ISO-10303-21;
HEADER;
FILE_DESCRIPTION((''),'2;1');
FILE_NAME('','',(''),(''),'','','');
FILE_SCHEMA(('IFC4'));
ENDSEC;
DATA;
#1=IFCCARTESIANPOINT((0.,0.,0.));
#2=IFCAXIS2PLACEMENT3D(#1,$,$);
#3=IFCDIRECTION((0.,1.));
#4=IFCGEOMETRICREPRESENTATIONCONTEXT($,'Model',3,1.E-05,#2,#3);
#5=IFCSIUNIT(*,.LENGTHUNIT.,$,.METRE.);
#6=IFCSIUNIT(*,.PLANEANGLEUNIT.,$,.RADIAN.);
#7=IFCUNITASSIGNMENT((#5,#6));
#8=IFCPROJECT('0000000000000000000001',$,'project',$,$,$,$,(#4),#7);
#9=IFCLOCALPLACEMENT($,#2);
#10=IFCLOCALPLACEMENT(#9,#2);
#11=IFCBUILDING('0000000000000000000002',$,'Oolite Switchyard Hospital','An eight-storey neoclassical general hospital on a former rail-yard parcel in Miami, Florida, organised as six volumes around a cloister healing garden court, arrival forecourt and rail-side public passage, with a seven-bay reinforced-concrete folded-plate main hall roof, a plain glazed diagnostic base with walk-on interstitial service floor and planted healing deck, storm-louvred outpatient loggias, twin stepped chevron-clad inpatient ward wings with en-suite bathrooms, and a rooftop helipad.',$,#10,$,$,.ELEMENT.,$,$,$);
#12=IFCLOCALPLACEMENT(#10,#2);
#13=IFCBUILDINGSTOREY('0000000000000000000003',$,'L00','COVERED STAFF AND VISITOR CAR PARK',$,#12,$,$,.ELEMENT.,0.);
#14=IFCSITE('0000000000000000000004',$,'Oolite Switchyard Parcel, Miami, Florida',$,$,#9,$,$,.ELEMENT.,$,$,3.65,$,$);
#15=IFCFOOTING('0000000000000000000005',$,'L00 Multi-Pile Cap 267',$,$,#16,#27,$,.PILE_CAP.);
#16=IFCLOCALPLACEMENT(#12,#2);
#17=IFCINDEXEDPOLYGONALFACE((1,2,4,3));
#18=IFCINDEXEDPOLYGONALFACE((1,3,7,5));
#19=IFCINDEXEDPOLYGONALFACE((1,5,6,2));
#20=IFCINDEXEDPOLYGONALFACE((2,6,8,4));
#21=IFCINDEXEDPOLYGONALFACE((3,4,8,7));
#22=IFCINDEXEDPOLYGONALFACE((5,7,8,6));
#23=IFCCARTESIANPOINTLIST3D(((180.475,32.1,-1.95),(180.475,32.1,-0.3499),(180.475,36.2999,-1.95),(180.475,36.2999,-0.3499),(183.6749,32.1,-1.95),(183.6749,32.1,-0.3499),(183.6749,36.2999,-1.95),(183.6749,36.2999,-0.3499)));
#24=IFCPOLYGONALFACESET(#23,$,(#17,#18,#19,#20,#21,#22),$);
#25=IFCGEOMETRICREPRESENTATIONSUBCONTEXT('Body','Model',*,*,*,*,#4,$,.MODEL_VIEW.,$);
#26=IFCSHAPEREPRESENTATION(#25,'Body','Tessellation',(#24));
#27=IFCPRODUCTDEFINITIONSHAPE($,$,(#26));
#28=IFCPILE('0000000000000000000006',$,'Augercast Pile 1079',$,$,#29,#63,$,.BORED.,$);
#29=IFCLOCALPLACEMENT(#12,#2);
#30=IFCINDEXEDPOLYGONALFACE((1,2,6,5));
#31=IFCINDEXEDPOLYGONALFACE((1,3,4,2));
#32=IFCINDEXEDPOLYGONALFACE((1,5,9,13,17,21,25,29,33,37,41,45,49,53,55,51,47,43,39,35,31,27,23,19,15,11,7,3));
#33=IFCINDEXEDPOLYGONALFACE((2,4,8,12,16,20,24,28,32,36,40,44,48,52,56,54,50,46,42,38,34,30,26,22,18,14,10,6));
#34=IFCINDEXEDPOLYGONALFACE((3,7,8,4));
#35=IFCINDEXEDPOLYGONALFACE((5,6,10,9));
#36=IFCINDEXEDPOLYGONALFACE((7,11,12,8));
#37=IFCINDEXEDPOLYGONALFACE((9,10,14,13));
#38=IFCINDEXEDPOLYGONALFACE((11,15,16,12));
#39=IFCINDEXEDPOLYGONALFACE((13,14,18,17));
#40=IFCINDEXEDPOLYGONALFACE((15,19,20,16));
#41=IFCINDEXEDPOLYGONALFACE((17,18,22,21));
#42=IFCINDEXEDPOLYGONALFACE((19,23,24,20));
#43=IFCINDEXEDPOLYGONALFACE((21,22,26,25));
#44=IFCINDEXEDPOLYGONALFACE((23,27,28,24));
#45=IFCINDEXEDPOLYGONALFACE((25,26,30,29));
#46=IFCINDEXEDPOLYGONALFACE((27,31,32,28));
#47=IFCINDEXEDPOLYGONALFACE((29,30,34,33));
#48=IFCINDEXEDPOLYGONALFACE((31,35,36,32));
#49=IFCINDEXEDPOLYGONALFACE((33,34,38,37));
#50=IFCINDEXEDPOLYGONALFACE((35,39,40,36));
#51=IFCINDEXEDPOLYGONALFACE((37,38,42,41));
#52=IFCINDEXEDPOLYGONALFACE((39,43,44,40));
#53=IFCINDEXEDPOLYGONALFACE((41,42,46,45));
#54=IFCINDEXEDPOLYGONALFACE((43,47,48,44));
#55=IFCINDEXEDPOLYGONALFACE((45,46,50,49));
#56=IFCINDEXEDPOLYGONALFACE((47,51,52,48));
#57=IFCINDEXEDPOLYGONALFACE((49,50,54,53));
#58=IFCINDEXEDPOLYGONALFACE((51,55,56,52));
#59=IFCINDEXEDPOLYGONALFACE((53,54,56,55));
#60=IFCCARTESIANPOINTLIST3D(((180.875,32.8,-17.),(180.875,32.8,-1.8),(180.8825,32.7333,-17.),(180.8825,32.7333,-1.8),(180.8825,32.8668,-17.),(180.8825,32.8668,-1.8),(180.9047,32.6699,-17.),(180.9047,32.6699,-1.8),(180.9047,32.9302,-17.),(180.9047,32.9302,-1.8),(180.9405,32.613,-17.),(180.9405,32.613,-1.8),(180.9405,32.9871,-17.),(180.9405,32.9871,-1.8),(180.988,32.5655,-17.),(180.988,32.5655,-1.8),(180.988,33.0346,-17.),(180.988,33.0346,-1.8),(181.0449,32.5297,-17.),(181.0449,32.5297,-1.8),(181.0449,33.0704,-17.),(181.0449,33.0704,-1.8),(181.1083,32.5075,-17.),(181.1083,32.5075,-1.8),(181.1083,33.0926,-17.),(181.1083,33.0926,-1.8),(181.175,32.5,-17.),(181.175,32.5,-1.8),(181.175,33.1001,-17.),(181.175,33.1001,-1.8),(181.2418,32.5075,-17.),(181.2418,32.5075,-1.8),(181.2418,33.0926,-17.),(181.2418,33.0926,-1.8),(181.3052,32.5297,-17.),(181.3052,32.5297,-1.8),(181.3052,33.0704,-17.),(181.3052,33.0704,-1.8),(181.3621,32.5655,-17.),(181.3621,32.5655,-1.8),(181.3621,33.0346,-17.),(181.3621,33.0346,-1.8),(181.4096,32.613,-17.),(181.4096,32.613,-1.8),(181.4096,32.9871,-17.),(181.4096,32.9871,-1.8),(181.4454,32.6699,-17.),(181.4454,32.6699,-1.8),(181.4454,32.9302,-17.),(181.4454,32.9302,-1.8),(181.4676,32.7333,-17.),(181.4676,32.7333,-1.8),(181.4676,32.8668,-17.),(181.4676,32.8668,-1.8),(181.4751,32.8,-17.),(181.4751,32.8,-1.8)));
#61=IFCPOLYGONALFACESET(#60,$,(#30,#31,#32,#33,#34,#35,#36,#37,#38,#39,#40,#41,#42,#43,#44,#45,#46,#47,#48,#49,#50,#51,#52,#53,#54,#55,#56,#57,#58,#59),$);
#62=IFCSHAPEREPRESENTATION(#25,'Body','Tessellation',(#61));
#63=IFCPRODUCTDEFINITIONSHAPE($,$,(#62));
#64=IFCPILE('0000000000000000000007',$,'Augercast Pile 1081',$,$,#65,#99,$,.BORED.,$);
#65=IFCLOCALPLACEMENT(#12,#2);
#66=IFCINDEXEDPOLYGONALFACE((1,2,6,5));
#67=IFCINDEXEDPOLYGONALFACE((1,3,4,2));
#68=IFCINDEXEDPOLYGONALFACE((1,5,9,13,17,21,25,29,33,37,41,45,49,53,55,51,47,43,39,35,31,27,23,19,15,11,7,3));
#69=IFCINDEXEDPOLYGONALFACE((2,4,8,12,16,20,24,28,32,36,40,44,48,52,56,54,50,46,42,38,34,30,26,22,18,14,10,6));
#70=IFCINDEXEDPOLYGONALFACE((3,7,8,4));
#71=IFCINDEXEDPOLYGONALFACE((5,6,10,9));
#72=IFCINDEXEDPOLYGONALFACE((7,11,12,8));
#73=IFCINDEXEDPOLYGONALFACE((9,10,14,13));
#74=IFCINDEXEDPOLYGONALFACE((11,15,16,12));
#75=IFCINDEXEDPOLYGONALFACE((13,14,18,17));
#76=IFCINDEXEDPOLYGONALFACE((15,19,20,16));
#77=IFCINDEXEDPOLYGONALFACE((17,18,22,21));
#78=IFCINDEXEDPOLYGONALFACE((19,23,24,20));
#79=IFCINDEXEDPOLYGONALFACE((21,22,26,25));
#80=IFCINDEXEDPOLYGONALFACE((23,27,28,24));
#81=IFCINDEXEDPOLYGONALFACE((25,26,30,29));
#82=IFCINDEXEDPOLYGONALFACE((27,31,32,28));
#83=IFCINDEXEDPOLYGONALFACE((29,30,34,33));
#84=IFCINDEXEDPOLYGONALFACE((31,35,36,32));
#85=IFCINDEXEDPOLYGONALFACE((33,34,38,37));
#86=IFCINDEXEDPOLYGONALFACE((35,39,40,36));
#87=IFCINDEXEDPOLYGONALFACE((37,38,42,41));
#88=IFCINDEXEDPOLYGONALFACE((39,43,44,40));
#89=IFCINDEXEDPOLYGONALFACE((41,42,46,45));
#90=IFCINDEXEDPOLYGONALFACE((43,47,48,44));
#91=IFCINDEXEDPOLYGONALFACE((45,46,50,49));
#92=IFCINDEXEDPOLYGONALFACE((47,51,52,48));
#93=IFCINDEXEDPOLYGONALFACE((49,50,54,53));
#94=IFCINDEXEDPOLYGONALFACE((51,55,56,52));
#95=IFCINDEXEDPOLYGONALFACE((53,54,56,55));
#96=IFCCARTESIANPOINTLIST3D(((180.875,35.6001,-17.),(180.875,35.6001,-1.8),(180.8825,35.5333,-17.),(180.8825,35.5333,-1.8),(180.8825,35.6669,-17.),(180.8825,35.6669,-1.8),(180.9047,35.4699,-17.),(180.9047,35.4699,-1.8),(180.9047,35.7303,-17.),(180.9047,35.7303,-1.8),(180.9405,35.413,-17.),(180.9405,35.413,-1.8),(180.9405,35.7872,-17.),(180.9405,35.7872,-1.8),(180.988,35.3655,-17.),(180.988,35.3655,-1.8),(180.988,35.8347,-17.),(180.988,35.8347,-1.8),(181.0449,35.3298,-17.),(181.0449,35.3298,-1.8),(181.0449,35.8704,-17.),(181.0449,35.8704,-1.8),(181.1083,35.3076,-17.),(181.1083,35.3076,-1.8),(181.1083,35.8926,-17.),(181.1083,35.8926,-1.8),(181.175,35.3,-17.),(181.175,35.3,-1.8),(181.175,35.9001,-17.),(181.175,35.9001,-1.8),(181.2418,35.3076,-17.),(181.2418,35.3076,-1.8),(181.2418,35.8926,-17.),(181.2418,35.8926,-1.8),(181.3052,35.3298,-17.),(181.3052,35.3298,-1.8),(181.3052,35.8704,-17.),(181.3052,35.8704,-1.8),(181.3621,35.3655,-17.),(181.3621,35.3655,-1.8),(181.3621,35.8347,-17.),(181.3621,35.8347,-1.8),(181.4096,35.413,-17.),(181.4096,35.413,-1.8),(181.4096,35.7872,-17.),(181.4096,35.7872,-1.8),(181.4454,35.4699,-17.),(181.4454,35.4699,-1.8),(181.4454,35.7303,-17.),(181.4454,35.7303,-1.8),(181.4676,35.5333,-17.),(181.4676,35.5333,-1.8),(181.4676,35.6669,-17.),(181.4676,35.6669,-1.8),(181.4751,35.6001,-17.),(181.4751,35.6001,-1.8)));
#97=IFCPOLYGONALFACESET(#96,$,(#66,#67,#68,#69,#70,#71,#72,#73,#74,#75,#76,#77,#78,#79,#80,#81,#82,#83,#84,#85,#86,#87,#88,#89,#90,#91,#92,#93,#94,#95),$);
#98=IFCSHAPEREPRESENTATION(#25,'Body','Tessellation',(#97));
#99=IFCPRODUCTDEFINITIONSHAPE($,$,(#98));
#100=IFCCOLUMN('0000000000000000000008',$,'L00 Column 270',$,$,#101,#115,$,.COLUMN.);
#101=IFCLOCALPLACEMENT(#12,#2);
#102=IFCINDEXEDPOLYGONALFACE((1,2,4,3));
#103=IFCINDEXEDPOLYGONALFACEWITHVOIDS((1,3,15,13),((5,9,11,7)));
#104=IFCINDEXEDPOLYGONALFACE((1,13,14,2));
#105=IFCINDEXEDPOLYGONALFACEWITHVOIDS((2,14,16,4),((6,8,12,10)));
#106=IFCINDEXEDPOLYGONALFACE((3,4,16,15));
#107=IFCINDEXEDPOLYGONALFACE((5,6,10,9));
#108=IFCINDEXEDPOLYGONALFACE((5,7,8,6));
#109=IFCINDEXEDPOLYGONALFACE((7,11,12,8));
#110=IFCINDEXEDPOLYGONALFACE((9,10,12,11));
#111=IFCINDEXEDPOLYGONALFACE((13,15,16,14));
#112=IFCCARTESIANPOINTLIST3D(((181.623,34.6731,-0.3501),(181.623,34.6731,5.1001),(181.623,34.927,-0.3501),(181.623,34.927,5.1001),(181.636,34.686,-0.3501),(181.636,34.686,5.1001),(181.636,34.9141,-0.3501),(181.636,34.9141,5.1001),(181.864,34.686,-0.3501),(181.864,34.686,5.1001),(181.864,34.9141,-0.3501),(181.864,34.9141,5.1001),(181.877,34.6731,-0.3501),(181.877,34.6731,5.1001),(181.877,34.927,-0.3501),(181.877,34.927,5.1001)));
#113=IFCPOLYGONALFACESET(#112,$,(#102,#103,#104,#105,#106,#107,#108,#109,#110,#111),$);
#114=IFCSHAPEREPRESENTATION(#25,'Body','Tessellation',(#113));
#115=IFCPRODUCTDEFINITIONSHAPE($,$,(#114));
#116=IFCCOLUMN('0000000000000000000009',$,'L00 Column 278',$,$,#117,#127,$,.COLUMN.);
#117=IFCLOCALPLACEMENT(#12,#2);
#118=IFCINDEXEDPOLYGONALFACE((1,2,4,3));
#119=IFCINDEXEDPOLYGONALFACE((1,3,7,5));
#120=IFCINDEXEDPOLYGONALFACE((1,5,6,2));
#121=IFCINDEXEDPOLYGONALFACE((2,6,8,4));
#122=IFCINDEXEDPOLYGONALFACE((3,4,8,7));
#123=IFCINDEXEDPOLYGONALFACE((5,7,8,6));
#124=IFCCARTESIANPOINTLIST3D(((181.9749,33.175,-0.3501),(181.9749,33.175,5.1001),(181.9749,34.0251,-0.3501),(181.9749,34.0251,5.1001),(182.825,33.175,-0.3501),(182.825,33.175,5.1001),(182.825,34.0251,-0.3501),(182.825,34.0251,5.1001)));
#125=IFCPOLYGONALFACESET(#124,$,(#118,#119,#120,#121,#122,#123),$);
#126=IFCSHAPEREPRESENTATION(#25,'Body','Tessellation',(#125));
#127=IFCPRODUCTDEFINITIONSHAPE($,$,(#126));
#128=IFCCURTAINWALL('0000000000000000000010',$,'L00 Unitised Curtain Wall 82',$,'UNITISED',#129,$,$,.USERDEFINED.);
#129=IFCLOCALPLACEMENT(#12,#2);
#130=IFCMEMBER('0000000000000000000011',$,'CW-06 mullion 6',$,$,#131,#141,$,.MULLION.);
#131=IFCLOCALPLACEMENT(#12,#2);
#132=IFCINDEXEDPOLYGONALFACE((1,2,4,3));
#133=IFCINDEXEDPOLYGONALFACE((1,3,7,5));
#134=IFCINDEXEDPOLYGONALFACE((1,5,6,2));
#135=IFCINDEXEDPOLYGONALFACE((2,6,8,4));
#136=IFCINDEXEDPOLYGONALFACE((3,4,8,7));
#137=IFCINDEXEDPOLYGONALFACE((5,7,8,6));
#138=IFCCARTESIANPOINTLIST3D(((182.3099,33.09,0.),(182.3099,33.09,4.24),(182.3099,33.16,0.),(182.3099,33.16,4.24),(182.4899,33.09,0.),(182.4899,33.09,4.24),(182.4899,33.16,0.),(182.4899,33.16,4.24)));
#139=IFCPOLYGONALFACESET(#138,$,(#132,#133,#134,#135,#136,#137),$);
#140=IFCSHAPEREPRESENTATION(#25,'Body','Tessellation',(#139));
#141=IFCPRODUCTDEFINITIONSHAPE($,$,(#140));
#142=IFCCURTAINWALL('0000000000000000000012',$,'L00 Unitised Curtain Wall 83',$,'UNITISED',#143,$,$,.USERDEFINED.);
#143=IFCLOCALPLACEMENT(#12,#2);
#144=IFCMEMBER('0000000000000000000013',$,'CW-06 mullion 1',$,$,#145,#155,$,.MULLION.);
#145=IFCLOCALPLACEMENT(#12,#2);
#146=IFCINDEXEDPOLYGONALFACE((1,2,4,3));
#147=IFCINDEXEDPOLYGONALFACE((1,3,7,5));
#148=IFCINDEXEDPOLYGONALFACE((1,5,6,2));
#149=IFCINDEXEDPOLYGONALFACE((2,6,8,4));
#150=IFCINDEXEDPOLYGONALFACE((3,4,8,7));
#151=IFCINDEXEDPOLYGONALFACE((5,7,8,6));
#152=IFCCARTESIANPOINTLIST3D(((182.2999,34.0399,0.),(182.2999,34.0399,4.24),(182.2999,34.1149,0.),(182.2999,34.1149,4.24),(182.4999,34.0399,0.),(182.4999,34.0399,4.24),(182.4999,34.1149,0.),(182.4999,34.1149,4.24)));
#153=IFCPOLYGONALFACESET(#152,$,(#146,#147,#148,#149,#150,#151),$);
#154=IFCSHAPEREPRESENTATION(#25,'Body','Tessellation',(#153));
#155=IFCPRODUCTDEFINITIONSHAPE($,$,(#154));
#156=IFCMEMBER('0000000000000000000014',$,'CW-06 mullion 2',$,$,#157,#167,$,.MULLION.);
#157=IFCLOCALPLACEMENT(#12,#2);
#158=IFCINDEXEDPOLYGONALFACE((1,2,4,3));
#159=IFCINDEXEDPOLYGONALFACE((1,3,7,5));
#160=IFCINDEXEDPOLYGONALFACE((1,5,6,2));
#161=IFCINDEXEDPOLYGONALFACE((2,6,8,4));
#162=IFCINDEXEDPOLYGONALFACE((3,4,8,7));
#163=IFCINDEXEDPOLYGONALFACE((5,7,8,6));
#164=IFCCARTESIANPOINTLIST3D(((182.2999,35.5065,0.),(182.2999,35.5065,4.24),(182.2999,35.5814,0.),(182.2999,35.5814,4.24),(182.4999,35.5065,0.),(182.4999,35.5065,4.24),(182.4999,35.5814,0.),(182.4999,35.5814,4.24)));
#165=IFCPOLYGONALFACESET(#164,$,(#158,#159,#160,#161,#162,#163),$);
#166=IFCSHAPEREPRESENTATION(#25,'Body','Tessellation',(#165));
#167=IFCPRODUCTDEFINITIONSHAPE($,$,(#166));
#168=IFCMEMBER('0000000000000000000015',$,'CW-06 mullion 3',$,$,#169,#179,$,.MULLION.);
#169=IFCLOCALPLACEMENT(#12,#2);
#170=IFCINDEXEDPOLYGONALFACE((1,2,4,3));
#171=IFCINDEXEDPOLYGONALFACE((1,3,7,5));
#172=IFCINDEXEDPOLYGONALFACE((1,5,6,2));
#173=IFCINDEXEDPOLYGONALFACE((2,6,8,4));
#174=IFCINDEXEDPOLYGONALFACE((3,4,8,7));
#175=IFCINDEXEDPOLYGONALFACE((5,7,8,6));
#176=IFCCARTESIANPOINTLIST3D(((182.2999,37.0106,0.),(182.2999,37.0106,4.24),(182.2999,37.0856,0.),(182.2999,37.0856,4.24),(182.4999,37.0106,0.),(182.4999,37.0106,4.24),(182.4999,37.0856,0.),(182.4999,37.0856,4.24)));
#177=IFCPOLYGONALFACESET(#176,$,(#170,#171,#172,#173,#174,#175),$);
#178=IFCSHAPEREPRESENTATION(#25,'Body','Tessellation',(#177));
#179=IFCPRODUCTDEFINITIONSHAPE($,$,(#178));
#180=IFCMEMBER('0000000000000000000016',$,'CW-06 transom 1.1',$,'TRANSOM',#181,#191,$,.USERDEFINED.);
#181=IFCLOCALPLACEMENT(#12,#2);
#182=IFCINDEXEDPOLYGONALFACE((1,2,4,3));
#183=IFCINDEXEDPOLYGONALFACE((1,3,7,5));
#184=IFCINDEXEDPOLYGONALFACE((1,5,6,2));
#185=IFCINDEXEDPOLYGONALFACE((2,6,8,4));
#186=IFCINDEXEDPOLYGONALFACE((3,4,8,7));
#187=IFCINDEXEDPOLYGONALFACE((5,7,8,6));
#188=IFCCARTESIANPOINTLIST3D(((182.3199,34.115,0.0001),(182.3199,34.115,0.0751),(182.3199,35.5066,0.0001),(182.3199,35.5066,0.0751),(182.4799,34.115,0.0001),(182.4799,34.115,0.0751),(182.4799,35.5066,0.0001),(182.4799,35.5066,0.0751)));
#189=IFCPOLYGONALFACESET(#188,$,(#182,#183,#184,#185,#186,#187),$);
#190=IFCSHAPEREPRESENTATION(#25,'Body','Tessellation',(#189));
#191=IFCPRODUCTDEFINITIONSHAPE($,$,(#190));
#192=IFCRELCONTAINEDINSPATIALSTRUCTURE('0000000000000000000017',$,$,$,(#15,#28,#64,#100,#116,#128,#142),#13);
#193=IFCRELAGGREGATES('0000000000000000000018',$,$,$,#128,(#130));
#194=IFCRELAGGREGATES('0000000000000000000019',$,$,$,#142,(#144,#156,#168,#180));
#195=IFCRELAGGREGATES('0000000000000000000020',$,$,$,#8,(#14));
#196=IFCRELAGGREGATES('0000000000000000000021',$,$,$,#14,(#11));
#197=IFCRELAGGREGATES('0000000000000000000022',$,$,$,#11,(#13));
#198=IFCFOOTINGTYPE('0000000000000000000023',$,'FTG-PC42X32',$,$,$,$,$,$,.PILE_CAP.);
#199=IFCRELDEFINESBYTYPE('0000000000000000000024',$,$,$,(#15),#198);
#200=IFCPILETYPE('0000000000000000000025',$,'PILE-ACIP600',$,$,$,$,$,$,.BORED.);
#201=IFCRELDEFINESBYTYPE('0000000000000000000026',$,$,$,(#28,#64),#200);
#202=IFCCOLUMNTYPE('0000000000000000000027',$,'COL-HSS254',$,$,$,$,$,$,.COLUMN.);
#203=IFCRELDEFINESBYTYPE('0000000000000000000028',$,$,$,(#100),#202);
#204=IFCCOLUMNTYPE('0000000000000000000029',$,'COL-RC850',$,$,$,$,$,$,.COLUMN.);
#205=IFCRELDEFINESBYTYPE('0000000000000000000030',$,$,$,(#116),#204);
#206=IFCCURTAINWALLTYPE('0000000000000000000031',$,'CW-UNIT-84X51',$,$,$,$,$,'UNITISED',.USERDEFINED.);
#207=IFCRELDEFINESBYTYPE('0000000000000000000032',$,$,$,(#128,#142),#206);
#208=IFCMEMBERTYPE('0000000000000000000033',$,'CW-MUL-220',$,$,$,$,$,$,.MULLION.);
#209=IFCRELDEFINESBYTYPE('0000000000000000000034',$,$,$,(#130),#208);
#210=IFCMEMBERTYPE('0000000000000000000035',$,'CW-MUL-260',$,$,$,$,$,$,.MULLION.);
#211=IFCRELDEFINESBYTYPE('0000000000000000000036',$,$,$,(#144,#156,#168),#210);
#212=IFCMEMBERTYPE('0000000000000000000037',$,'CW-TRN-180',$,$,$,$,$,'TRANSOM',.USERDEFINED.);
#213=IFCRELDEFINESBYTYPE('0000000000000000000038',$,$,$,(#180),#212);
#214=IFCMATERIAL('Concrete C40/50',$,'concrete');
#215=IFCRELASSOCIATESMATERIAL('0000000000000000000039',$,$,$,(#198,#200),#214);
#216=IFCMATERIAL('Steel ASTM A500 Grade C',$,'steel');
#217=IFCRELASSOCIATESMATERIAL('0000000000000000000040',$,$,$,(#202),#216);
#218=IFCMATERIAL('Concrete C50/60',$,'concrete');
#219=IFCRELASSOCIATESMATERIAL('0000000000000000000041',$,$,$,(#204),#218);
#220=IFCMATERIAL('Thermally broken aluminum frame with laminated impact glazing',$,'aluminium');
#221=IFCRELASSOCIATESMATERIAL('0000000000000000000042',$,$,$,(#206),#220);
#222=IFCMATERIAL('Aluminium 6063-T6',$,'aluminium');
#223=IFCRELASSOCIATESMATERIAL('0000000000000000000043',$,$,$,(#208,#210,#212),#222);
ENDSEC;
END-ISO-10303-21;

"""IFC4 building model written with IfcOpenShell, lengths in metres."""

from ifc_helpers import new_model, si_unit, direction, frame, origin, origin_2d, place, context, subcontext, project, spatial, rectangle, hollow_rectangle, circle, extrude, material, material_profile, profile_set, type_object, element, aggregate, save


model = new_model("IFC4")

# Units and contexts
model_context = context("Model", 3, precision=1e-05, world=origin(), true_north=direction((0.0, 1.0)))
body_context = subcontext(model_context, "Body", "Model", "MODEL_VIEW")
ifc_project = project(units=[si_unit("LENGTHUNIT", "METRE"), si_unit("PLANEANGLEUNIT", "RADIAN")], contexts=[model_context])

# Site, building, storey
site_placement = place(None, origin())
site = spatial("IfcSite", under=ifc_project, at=site_placement, Name="Oolite Switchyard Parcel, Miami, Florida", CompositionType="ELEMENT", RefElevation=3.65)
building_placement = place(site_placement, origin())
building = spatial("IfcBuilding", under=site, at=building_placement, Name="Oolite Switchyard Hospital", Description="An eight-storey neoclassical general hospital on a former rail-yard parcel in Miami, Florida, organised as six volumes around a cloister healing garden court, arrival forecourt and rail-side public passage, with a seven-bay reinforced-concrete folded-plate main hall roof, a plain glazed diagnostic base with walk-on interstitial service floor and planted healing deck, storm-louvred outpatient loggias, twin stepped chevron-clad inpatient ward wings with en-suite bathrooms, and a rooftop helipad.", CompositionType="ELEMENT")
storey_placement = place(building_placement, origin())
storey = spatial("IfcBuildingStorey", under=building, at=storey_placement, Name="L00", Description="COVERED STAFF AND VISITOR CAR PARK", CompositionType="ELEMENT", Elevation=0.0)

# Footing
ifc_material_1 = material(Name="Concrete C40/50", Category="concrete")
footing_type = type_object("IfcFootingType", Name="FTG-PC42X32", PredefinedType="PILE_CAP", material=ifc_material_1)
footing_placement = place(storey_placement, frame((182.075, 34.2, -1.95), z_axis=(0.0, 0.0, 1.0), x_axis=(0.0, 1.0, 0.0)))
element("IfcFooting", 1, at=footing_placement, inside=storey, type_object=footing_type, Name="L00 Multi-Pile Cap 267", PredefinedType="PILE_CAP", context=body_context, shape_type="SweptSolid", body=[
    extrude(rectangle(XDim=4.2, YDim=3.2, at=origin_2d()), origin(), (0.0, 0.0, 1.0), 1.6001),
])

# Piles
ifc_material_profile_1 = material_profile(ifc_material_1, circle(Radius=0.3, at=origin_2d()), Name="PILE600")
ifc_profile_set_1 = profile_set([ifc_material_profile_1], Name="Concrete C40/50")
pile_type = type_object("IfcPileType", Name="PILE-ACIP600", PredefinedType="BORED", material=ifc_profile_set_1)
for number, where, z_axis, x_axis, name in (
    (2, (181.175, 32.8, -1.8), (0.0, 0.0, -1.0), (1.0, 0.0, 0.0), "Augercast Pile 1079"),
    (3, (181.175, 35.6001, -1.8), (0.0, 0.0, -1.0), (1.0, 0.0, 0.0), "Augercast Pile 1081"),
):
    element("IfcPile", number, at=place(storey_placement, frame(where, z_axis=z_axis, x_axis=x_axis)), inside=storey, type_object=pile_type, Name=name, PredefinedType="BORED", context=body_context, shape_type="SweptSolid", body=[
        extrude(circle(Radius=0.3, at=origin_2d()), origin(), (0.0, 0.0, 1.0), 15.2),
    ])

# Columns
ifc_material_2 = material(Name="Steel ASTM A500 Grade C", Category="steel")
ifc_material_profile_2 = material_profile(ifc_material_2, hollow_rectangle(XDim=0.2539, YDim=0.2539, WallThickness=0.0129, at=origin_2d()), Name="HSS254X254X13")
ifc_profile_set_2 = profile_set([ifc_material_profile_2], Name="Steel ASTM A500 Grade C")
column_type_1 = type_object("IfcColumnType", Name="COL-HSS254", PredefinedType="COLUMN", material=ifc_profile_set_2)
column_1_placement = place(storey_placement, frame((181.75, 34.8, -0.3501), z_axis=(0.0, 0.0, 1.0), x_axis=(1.0, 0.0, 0.0)))
element("IfcColumn", 4, at=column_1_placement, inside=storey, type_object=column_type_1, Name="L00 Column 270", PredefinedType="COLUMN", context=body_context, shape_type="SweptSolid", body=[
    extrude(hollow_rectangle(XDim=0.2539, YDim=0.2539, WallThickness=0.0129, at=origin_2d()), origin(), (0.0, 0.0, 1.0), 5.4502),
])
ifc_material_3 = material(Name="Concrete C50/60", Category="concrete")
ifc_material_profile_3 = material_profile(ifc_material_3, rectangle(XDim=0.8501, YDim=0.8501, at=origin_2d()), Name="RC850X850")
ifc_profile_set_3 = profile_set([ifc_material_profile_3], Name="Concrete C50/60")
column_type_2 = type_object("IfcColumnType", Name="COL-RC850", PredefinedType="COLUMN", material=ifc_profile_set_3)
column_2_placement = place(storey_placement, frame((182.3999, 33.6001, -0.3501), z_axis=(0.0, 0.0, 1.0), x_axis=(1.0, 0.0, 0.0)))
element("IfcColumn", 5, at=column_2_placement, inside=storey, type_object=column_type_2, Name="L00 Column 278", PredefinedType="COLUMN", context=body_context, shape_type="SweptSolid", body=[
    extrude(rectangle(XDim=0.8501, YDim=0.8501, at=origin_2d()), origin(), (0.0, 0.0, 1.0), 5.4502),
])

# Curtain wall, member
ifc_material_4 = material(Name="Thermally broken aluminum frame with laminated impact glazing", Category="aluminium")
curtain_wall_type = type_object("IfcCurtainWallType", Name="CW-UNIT-84X51", ElementType="UNITISED", PredefinedType="USERDEFINED", material=ifc_material_4)
curtain_wall_1_placement = place(storey_placement, origin())
curtain_wall_1 = element("IfcCurtainWall", 6, at=curtain_wall_1_placement, inside=storey, type_object=curtain_wall_type, Name="L00 Unitised Curtain Wall 82", ObjectType="UNITISED", PredefinedType="USERDEFINED")
ifc_material_5 = material(Name="Aluminium 6063-T6", Category="aluminium")
ifc_material_profile_4 = material_profile(ifc_material_5, rectangle(XDim=0.1799, YDim=0.0701, at=origin_2d()), Name="CWM70X180")
ifc_profile_set_4 = profile_set([ifc_material_profile_4], Name="Aluminium 6063-T6")
member_type_1 = type_object("IfcMemberType", Name="CW-MUL-220", PredefinedType="MULLION", material=ifc_profile_set_4)
member_1_placement = place(storey_placement, frame((182.3999, 33.125, 0.0), z_axis=(0.0, 0.0, 1.0), x_axis=(-1.0, 0.0, 0.0)))
member_1 = element("IfcMember", 7, at=member_1_placement, type_object=member_type_1, Name="CW-06 mullion 6", PredefinedType="MULLION", context=body_context, shape_type="SweptSolid", body=[
    extrude(rectangle(XDim=0.1799, YDim=0.0701, at=origin_2d()), origin(), (0.0, 0.0, 1.0), 4.24),
])
aggregate(curtain_wall_1, [member_1])

# Curtain wall, members
curtain_wall_2_placement = place(storey_placement, origin())
curtain_wall_2 = element("IfcCurtainWall", 8, at=curtain_wall_2_placement, inside=storey, type_object=curtain_wall_type, Name="L00 Unitised Curtain Wall 83", ObjectType="UNITISED", PredefinedType="USERDEFINED")
ifc_material_profile_5 = material_profile(ifc_material_5, rectangle(XDim=0.2, YDim=0.075, at=origin_2d()), Name="CWM75X200")
ifc_profile_set_5 = profile_set([ifc_material_profile_5], Name="Aluminium 6063-T6")
member_type_2 = type_object("IfcMemberType", Name="CW-MUL-260", PredefinedType="MULLION", material=ifc_profile_set_5)
member_2_placement = place(storey_placement, frame((182.3999, 34.0774, 0.0), z_axis=(0.0, 0.0, 1.0), x_axis=(-1.0, 0.0, 0.0)))
member_2 = element("IfcMember", 9, at=member_2_placement, type_object=member_type_2, Name="CW-06 mullion 1", PredefinedType="MULLION", context=body_context, shape_type="SweptSolid", body=[
    extrude(rectangle(XDim=0.2, YDim=0.075, at=origin_2d()), origin(), (0.0, 0.0, 1.0), 4.24),
])
member_3_placement = place(storey_placement, frame((182.3999, 35.5439, 0.0), z_axis=(0.0, 0.0, 1.0), x_axis=(-1.0, 0.0, 0.0)))
member_3 = element("IfcMember", 10, at=member_3_placement, type_object=member_type_2, Name="CW-06 mullion 2", PredefinedType="MULLION", context=body_context, shape_type="SweptSolid", body=[
    extrude(rectangle(XDim=0.2, YDim=0.075, at=origin_2d()), origin(), (0.0, 0.0, 1.0), 4.24),
])
member_4_placement = place(storey_placement, frame((182.3999, 37.0481, 0.0), z_axis=(0.0, 0.0, 1.0), x_axis=(-1.0, 0.0, 0.0)))
member_4 = element("IfcMember", 11, at=member_4_placement, type_object=member_type_2, Name="CW-06 mullion 3", PredefinedType="MULLION", context=body_context, shape_type="SweptSolid", body=[
    extrude(rectangle(XDim=0.2, YDim=0.075, at=origin_2d()), origin(), (0.0, 0.0, 1.0), 4.24),
])
ifc_material_profile_6 = material_profile(ifc_material_5, rectangle(XDim=0.1599, YDim=0.075, at=origin_2d()), Name="CWT75X160")
ifc_profile_set_6 = profile_set([ifc_material_profile_6], Name="Aluminium 6063-T6")
member_type_3 = type_object("IfcMemberType", Name="CW-TRN-180", ElementType="TRANSOM", PredefinedType="USERDEFINED", material=ifc_profile_set_6)
member_5_placement = place(storey_placement, frame((182.3999, 34.115, 0.0376), z_axis=(0.0, 1.0, 0.0), x_axis=(-1.0, 0.0, 0.0)))
member_5 = element("IfcMember", 12, at=member_5_placement, type_object=member_type_3, Name="CW-06 transom 1.1", ObjectType="TRANSOM", PredefinedType="USERDEFINED", context=body_context, shape_type="SweptSolid", body=[
    extrude(rectangle(XDim=0.1599, YDim=0.075, at=origin_2d()), origin(), (0.0, 0.0, 1.0), 1.3916),
])
aggregate(curtain_wall_2, [member_2, member_3, member_4, member_5])

save(model, "model.ifc")
